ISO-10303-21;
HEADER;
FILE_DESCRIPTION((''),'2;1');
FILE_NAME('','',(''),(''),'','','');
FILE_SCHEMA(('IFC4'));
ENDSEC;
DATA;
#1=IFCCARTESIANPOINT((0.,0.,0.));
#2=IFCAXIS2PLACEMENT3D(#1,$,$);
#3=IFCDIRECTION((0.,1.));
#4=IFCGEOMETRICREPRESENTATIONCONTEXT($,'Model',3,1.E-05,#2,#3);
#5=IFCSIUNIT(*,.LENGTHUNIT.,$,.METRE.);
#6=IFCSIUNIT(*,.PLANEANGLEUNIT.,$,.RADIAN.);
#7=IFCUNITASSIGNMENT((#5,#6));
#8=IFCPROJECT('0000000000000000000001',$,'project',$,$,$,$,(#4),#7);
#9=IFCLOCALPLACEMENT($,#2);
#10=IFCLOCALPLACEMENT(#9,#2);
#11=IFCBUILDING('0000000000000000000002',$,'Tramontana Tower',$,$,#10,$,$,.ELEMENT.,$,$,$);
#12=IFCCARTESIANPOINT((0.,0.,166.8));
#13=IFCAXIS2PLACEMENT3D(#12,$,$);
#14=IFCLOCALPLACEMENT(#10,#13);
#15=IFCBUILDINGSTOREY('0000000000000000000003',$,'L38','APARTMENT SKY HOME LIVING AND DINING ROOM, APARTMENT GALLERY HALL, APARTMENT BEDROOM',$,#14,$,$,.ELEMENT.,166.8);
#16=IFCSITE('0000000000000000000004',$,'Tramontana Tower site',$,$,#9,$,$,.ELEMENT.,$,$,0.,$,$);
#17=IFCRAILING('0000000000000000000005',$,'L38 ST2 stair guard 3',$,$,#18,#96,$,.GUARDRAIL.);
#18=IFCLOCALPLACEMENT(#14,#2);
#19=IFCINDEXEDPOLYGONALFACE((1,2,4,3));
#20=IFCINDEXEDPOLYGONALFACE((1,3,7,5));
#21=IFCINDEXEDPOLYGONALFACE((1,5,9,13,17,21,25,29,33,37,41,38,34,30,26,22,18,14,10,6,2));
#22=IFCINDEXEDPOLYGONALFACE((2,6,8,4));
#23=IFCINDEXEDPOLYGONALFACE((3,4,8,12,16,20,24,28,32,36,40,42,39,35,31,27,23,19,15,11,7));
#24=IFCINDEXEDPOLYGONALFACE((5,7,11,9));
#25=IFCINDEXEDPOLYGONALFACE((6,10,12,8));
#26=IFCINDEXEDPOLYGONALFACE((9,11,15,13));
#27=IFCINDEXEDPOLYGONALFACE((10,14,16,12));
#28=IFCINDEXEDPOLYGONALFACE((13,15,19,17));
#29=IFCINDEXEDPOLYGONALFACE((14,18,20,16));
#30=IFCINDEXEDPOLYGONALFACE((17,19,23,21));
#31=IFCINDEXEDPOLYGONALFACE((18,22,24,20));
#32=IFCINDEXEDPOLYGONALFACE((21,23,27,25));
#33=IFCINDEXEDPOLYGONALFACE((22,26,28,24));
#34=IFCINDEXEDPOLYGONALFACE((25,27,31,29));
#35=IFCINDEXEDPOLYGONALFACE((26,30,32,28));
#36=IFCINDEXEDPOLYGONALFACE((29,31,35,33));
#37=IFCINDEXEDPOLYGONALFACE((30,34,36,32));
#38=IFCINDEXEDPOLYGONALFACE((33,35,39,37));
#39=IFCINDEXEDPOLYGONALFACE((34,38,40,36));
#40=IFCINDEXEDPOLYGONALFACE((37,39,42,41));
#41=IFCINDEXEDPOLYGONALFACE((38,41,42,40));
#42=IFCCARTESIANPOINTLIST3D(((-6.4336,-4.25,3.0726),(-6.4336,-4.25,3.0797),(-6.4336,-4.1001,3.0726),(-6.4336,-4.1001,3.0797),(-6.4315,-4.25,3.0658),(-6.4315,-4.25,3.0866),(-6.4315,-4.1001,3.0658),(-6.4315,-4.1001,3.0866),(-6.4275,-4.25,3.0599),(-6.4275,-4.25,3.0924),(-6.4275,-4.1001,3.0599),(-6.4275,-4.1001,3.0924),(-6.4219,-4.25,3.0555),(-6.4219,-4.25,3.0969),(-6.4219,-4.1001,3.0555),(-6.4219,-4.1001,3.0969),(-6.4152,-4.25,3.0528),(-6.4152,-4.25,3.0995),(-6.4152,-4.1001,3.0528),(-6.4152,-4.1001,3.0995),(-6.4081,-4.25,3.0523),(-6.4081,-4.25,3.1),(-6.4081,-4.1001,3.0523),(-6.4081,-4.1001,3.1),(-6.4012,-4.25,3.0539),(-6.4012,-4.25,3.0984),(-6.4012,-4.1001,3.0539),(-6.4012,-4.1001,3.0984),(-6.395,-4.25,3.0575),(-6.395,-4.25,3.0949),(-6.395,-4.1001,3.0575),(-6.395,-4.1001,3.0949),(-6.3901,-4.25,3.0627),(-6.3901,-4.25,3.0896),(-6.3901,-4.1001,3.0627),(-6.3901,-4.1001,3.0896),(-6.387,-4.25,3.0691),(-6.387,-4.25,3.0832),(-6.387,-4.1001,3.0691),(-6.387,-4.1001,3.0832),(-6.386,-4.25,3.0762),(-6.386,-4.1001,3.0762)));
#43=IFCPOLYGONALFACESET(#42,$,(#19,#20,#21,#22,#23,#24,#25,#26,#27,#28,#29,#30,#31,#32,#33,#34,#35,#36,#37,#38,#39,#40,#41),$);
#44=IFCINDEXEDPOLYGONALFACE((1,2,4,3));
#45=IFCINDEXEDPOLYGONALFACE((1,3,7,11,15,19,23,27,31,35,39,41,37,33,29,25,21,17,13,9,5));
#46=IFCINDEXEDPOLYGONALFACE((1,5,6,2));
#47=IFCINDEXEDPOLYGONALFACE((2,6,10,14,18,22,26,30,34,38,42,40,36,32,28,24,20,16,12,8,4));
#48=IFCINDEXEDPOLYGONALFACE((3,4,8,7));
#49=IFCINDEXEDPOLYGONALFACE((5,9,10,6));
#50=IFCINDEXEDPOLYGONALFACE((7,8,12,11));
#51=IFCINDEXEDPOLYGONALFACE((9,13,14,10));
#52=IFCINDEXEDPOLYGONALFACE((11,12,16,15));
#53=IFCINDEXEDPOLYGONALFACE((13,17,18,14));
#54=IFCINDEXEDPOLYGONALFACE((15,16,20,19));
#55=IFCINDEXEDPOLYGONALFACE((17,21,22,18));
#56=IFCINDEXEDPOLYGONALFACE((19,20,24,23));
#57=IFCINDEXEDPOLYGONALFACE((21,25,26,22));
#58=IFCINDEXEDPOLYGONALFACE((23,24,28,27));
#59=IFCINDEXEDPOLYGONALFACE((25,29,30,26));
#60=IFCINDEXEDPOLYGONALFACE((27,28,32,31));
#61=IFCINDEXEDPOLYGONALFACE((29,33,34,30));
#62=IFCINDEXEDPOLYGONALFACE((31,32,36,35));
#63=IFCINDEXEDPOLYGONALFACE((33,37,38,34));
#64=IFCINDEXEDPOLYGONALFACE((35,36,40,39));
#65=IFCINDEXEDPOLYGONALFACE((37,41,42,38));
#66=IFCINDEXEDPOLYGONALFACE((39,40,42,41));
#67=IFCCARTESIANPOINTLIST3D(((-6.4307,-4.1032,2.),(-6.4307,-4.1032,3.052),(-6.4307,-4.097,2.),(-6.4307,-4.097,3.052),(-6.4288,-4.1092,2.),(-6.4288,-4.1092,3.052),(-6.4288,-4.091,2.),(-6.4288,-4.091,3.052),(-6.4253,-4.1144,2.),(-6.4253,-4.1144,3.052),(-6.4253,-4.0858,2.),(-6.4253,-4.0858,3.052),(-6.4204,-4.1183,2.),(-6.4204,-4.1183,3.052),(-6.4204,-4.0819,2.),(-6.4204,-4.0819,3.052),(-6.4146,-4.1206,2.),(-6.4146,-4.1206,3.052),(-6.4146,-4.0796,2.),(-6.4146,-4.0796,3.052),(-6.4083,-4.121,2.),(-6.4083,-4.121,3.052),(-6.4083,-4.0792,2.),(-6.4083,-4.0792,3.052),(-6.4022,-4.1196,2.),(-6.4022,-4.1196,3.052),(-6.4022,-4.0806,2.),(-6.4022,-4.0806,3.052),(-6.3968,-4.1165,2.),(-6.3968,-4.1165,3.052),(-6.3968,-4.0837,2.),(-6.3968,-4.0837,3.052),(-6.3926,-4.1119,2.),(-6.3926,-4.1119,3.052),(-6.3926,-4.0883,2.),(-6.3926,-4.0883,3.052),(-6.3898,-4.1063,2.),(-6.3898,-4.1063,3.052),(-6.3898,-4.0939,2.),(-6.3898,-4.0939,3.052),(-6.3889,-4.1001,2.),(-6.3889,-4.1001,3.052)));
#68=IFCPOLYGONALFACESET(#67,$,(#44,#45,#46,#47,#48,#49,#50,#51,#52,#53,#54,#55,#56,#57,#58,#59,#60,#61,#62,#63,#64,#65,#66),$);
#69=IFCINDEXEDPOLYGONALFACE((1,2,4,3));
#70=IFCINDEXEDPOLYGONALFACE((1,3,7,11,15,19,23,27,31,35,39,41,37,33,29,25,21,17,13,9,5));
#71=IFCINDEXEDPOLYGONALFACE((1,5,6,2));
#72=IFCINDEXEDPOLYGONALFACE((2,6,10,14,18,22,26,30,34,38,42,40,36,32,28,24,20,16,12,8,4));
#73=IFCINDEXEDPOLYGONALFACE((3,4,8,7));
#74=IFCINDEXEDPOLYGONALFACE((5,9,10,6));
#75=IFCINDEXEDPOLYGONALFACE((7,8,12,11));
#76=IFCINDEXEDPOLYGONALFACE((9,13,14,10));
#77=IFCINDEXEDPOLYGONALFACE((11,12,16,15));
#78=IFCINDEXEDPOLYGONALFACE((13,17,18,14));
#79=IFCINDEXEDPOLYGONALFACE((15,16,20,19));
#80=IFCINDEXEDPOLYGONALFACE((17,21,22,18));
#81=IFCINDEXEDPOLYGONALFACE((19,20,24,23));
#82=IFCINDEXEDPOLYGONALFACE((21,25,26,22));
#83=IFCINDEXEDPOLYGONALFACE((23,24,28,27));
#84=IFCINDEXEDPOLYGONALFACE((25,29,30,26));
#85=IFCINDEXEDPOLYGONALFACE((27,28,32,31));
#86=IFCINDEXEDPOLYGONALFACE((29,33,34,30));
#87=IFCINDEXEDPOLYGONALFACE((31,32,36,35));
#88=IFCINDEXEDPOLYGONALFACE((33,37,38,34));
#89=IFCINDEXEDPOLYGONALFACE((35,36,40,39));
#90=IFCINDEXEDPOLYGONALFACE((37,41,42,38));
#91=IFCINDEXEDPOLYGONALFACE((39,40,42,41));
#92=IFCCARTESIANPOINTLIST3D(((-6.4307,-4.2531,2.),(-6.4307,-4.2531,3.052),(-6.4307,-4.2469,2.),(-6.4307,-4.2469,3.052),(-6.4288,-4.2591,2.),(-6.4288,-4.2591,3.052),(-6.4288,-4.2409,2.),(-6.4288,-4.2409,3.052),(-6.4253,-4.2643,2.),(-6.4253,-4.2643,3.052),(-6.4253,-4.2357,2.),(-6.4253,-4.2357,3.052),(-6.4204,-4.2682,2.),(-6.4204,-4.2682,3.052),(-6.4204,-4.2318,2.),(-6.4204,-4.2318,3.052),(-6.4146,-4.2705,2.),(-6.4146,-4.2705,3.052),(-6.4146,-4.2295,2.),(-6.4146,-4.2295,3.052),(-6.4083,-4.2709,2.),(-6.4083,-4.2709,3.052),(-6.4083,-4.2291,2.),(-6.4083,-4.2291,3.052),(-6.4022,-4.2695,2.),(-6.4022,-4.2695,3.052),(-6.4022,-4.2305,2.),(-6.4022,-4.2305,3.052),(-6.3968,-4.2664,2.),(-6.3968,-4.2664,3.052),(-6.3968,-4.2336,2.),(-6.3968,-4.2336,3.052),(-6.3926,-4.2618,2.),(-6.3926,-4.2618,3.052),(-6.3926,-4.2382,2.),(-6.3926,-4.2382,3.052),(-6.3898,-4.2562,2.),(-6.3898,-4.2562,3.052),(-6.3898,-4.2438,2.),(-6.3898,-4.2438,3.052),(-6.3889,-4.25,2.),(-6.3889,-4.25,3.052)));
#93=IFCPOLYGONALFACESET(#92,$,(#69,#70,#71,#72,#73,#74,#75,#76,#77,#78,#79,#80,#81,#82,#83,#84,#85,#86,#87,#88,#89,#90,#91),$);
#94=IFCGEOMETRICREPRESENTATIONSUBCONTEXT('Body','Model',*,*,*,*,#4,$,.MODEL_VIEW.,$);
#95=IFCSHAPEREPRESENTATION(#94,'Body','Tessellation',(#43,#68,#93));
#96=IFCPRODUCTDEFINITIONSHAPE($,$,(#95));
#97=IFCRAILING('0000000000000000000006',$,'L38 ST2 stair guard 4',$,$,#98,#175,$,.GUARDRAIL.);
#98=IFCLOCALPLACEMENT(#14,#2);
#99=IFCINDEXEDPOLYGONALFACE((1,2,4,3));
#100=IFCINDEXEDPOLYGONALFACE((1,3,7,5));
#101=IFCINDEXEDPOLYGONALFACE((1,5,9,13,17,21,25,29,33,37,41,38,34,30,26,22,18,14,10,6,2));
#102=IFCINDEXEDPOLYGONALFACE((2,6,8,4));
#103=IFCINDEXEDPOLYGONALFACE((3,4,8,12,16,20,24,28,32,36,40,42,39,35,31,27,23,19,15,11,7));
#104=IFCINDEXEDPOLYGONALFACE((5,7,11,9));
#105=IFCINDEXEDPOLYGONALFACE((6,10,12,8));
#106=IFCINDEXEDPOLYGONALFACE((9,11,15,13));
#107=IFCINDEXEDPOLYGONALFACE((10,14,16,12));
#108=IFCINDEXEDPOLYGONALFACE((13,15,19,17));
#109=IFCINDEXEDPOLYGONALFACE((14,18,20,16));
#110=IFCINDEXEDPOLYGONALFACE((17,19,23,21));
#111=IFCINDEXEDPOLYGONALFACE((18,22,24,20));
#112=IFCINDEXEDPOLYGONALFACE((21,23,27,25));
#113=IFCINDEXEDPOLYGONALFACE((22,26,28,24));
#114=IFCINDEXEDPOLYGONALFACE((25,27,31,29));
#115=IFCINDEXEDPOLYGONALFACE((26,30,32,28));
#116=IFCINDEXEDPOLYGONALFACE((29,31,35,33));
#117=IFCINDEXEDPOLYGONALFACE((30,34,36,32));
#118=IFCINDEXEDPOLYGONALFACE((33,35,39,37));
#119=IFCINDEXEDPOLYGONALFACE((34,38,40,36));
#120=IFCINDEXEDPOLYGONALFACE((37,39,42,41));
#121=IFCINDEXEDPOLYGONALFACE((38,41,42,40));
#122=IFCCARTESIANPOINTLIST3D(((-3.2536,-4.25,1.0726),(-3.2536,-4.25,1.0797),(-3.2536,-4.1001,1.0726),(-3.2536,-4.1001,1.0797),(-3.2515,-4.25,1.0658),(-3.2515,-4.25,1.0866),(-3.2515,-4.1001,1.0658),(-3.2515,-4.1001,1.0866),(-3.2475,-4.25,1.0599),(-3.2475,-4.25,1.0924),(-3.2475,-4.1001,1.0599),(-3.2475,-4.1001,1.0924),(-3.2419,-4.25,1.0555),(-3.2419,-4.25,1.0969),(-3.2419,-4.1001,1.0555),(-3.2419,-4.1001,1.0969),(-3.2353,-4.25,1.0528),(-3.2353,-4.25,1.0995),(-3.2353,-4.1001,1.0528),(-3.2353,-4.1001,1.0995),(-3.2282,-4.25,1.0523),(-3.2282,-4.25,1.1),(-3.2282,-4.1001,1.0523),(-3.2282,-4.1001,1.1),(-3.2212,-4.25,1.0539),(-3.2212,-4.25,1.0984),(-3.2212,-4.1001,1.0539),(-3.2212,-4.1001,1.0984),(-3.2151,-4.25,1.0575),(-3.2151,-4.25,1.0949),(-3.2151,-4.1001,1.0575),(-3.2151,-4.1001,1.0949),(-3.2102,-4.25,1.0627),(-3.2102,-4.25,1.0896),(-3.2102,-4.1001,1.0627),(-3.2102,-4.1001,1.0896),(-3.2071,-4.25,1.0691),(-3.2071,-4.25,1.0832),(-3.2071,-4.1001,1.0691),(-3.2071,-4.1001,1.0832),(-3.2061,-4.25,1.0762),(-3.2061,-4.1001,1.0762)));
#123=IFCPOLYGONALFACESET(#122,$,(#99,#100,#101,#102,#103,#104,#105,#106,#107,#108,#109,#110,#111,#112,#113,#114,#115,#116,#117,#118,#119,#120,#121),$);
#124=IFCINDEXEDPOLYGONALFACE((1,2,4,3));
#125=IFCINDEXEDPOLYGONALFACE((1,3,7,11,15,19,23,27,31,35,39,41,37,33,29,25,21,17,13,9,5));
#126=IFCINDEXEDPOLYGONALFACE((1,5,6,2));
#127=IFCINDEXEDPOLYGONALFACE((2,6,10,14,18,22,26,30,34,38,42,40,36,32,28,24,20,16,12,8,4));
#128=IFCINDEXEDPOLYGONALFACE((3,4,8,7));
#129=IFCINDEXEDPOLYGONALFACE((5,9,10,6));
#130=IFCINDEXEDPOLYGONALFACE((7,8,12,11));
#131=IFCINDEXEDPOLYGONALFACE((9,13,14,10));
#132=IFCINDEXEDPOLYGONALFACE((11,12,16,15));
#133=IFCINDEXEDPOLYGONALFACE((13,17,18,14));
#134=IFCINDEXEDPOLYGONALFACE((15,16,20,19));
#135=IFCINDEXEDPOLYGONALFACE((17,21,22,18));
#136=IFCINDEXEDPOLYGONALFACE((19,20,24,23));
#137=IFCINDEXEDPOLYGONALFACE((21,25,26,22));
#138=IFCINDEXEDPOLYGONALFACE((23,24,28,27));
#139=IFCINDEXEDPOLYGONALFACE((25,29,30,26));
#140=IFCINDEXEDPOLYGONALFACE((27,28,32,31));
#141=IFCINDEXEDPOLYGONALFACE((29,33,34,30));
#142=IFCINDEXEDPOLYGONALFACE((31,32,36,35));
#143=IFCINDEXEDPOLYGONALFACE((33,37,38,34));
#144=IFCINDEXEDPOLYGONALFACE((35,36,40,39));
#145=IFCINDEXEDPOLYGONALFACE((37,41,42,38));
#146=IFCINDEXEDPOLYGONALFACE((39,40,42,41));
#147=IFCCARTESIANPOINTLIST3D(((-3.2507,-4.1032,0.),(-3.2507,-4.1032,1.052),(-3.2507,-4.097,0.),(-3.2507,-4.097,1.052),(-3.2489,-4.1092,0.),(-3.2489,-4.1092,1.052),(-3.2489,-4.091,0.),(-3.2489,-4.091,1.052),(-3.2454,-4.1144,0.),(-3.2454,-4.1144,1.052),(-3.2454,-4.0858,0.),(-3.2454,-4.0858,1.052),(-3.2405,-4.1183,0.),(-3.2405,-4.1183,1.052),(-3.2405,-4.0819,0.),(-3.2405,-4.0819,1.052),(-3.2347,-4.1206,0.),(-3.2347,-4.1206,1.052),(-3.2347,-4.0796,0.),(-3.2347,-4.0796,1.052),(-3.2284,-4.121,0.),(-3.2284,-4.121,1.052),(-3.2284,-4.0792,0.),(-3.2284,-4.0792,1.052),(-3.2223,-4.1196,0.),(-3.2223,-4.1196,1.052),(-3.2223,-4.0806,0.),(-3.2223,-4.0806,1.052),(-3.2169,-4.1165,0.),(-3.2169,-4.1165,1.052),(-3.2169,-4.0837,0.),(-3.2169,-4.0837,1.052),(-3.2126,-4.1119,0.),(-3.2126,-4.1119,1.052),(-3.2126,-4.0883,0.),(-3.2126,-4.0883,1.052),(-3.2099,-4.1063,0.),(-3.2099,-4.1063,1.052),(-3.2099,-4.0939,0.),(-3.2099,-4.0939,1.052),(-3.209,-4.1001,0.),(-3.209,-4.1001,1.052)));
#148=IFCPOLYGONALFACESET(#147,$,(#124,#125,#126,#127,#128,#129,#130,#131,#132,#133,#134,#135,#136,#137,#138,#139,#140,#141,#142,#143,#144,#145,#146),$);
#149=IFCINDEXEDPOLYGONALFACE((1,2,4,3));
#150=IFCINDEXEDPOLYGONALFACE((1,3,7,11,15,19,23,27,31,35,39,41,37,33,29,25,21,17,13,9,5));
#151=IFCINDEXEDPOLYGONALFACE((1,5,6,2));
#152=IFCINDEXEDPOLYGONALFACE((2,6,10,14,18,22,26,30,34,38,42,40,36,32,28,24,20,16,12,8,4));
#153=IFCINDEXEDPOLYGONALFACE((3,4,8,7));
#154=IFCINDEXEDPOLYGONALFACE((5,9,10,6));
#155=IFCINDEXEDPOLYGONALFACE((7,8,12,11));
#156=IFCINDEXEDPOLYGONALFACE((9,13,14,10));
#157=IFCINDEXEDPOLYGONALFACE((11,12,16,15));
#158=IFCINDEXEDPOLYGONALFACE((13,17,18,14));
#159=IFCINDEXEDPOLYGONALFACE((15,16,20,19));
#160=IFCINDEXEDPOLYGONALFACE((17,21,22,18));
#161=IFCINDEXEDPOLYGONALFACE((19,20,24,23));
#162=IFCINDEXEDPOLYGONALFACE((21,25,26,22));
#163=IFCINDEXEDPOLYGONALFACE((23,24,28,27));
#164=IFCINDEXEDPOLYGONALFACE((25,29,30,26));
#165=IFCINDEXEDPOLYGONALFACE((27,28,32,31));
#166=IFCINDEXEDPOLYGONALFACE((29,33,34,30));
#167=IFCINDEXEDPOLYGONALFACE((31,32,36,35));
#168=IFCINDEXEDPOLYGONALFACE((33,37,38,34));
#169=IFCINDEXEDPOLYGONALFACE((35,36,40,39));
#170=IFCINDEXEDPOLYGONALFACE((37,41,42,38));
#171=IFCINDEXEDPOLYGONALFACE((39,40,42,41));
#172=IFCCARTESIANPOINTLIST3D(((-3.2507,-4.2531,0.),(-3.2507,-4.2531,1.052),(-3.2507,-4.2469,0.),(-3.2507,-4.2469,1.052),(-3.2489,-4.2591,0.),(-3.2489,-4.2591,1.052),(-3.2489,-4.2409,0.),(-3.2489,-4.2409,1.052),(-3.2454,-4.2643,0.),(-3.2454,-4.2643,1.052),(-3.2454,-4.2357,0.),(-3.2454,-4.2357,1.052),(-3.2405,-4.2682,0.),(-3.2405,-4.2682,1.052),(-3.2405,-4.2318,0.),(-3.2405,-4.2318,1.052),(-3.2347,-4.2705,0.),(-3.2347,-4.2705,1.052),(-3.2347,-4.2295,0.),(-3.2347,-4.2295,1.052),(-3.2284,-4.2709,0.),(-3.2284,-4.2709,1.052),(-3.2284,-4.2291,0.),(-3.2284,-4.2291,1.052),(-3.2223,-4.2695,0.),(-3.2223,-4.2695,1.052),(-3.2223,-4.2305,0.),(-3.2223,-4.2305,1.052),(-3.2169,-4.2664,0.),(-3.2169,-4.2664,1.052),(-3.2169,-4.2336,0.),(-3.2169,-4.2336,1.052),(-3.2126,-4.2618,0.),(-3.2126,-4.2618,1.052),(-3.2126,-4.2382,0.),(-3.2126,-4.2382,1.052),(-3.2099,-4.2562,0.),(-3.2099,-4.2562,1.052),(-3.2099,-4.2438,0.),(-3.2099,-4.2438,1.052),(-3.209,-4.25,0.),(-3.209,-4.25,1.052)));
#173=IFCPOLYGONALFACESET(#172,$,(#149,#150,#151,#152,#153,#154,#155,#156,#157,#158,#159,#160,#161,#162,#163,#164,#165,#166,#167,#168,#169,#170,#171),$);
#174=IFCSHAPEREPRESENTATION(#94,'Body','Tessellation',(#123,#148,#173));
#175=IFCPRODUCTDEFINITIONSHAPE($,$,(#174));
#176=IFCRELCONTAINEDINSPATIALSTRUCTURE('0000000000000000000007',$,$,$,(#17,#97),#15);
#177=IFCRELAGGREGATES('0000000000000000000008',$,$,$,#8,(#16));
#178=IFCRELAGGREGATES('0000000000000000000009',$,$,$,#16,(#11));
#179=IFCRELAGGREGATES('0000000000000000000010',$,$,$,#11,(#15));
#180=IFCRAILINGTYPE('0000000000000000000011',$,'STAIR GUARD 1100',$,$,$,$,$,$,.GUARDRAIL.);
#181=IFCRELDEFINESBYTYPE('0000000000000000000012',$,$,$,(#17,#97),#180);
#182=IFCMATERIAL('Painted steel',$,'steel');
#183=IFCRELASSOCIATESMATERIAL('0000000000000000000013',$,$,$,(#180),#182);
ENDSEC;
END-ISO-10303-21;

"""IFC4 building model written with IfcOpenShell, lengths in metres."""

from ifc_helpers import new_model, si_unit, direction, frame, origin, origin_2d, place, context, subcontext, project, spatial, circle, extrude, material, type_object, element, save


model = new_model("IFC4")

# Units and contexts
model_context = context("Model", 3, precision=1e-05, world=origin(), true_north=direction((0.0, 1.0)))
body_context = subcontext(model_context, "Body", "Model", "MODEL_VIEW")
ifc_project = project(units=[si_unit("LENGTHUNIT", "METRE"), si_unit("PLANEANGLEUNIT", "RADIAN")], contexts=[model_context])

# Site, building, storey
site_placement = place(None, origin())
site = spatial("IfcSite", under=ifc_project, at=site_placement, Name="Tramontana Tower site", CompositionType="ELEMENT", RefElevation=0.0)
building_placement = place(site_placement, origin())
building = spatial("IfcBuilding", under=site, at=building_placement, Name="Tramontana Tower", CompositionType="ELEMENT")
storey_placement = place(building_placement, frame((0.0, 0.0, 166.8)))
storey = spatial("IfcBuildingStorey", under=building, at=storey_placement, Name="L38", Description="APARTMENT SKY HOME LIVING AND DINING ROOM, APARTMENT GALLERY HALL, APARTMENT BEDROOM", CompositionType="ELEMENT", Elevation=166.8)

# Railings
ifc_material_1 = material(Name="Painted steel", Category="steel")
railing_type_1 = type_object("IfcRailingType", Name="STAIR GUARD 1100", PredefinedType="GUARDRAIL", material=ifc_material_1)
for number, where, name in (
    (1, (-6.4099, -4.1001, 2.0), "L38 ST2 stair guard 3"),
    (2, (-3.23, -4.1001, 0.0), "L38 ST2 stair guard 4"),
):
    element("IfcRailing", number, at=place(storey_placement, frame(where)), inside=storey, type_object=railing_type_1, Name=name, PredefinedType="GUARDRAIL", context=body_context, shape_type="SweptSolid", body=[
        extrude(circle(Radius=0.0239, at=origin_2d()), frame((0.0, 0.0, 1.0762), z_axis=(0.0, -1.0, 0.0), x_axis=(1.0, 0.0, 0.0)), (0.0, 0.0, 1.0), 0.1499),
        extrude(circle(Radius=0.021, at=origin_2d()), origin(), (0.0, 0.0, 1.0), 1.052),
        extrude(circle(Radius=0.021, at=origin_2d()), frame((0.0, -0.1499, 0.0)), (0.0, 0.0, 1.0), 1.052),
    ])

save(model, "model.ifc")
